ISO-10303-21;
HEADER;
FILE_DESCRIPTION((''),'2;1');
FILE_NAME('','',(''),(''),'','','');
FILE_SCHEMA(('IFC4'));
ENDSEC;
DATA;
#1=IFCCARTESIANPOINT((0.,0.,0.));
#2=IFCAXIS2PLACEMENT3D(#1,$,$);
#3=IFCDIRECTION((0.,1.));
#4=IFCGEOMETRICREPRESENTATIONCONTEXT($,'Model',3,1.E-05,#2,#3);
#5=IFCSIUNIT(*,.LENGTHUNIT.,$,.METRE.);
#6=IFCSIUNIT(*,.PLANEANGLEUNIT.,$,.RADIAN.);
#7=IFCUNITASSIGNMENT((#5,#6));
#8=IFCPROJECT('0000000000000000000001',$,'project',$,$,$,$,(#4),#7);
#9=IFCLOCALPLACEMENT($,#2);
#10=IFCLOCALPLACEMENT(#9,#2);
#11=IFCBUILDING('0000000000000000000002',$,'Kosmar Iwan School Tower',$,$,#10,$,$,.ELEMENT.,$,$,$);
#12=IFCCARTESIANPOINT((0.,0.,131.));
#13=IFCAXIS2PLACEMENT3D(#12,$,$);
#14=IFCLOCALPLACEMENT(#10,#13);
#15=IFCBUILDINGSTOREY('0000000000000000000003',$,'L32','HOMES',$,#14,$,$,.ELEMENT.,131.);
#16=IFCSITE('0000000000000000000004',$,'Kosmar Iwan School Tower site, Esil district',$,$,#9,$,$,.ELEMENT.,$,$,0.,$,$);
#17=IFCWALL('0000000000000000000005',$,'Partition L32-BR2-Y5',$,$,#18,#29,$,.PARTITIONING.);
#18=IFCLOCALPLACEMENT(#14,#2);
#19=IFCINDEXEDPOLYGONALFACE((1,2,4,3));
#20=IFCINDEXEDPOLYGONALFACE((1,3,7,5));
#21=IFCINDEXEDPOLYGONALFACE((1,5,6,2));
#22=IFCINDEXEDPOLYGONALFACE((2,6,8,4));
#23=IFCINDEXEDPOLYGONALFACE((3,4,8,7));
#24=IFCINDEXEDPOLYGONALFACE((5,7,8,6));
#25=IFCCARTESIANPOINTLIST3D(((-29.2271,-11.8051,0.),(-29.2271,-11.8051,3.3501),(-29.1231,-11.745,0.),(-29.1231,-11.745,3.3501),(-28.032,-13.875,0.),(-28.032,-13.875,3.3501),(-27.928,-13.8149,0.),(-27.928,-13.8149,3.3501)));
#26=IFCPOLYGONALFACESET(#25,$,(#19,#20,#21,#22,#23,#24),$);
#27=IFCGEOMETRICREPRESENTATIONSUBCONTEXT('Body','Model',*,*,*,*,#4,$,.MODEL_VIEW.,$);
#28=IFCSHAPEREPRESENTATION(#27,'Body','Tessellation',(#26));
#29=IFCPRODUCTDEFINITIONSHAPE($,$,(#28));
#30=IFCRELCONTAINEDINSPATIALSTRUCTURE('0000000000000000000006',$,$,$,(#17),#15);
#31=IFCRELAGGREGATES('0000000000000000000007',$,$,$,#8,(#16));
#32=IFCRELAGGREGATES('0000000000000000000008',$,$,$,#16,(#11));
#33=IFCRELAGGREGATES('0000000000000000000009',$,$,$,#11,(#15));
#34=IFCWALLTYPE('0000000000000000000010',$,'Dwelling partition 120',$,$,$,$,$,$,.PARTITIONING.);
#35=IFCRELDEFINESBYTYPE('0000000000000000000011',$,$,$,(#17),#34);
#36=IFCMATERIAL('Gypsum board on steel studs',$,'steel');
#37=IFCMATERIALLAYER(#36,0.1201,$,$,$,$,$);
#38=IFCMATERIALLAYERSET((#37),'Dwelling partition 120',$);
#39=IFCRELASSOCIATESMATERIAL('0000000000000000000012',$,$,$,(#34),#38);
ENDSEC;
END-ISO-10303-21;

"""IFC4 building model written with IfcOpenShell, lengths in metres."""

from ifc_helpers import new_model, si_unit, direction, frame, frame_2d, origin, place, context, subcontext, project, spatial, rectangle, extrude, material, layer, layer_set, type_object, element, save


model = new_model("IFC4")

# Units and contexts
model_context = context("Model", 3, precision=1e-05, world=origin(), true_north=direction((0.0, 1.0)))
body_context = subcontext(model_context, "Body", "Model", "MODEL_VIEW")
ifc_project = project(units=[si_unit("LENGTHUNIT", "METRE"), si_unit("PLANEANGLEUNIT", "RADIAN")], contexts=[model_context])

# Site, building, storey
site_placement = place(None, origin())
site = spatial("IfcSite", under=ifc_project, at=site_placement, Name="Kosmar Iwan School Tower site, Esil district", CompositionType="ELEMENT", RefElevation=0.0)
building_placement = place(site_placement, origin())
building = spatial("IfcBuilding", under=site, at=building_placement, Name="Kosmar Iwan School Tower", CompositionType="ELEMENT")
storey_placement = place(building_placement, frame((0.0, 0.0, 131.0)))
storey = spatial("IfcBuildingStorey", under=building, at=storey_placement, Name="L32", Description="HOMES", CompositionType="ELEMENT", Elevation=131.0)

# Wall
ifc_material_1 = material(Name="Gypsum board on steel studs", Category="steel")
ifc_layer_1 = layer(ifc_material_1, 0.1201)
ifc_layer_set_1 = layer_set([ifc_layer_1], Name="Dwelling partition 120")
wall_type_1 = type_object("IfcWallType", Name="Dwelling partition 120", PredefinedType="PARTITIONING", material=ifc_layer_set_1)
wall_1_placement = place(storey_placement, frame((-27.98, -13.845, 0.0), z_axis=(0.0, 0.0, 1.0), x_axis=(-0.500017, 0.866015, 0.0)))
element("IfcWall", 1, at=wall_1_placement, inside=storey, type_object=wall_type_1, Name="Partition L32-BR2-Y5", PredefinedType="PARTITIONING", context=body_context, shape_type="SweptSolid", body=[
    extrude(rectangle(XDim=2.3901, YDim=0.1201, at=frame_2d((1.1951, 0.0))), origin(), (0.0, 0.0, 1.0), 3.3501),
])

save(model, "model.ifc")
